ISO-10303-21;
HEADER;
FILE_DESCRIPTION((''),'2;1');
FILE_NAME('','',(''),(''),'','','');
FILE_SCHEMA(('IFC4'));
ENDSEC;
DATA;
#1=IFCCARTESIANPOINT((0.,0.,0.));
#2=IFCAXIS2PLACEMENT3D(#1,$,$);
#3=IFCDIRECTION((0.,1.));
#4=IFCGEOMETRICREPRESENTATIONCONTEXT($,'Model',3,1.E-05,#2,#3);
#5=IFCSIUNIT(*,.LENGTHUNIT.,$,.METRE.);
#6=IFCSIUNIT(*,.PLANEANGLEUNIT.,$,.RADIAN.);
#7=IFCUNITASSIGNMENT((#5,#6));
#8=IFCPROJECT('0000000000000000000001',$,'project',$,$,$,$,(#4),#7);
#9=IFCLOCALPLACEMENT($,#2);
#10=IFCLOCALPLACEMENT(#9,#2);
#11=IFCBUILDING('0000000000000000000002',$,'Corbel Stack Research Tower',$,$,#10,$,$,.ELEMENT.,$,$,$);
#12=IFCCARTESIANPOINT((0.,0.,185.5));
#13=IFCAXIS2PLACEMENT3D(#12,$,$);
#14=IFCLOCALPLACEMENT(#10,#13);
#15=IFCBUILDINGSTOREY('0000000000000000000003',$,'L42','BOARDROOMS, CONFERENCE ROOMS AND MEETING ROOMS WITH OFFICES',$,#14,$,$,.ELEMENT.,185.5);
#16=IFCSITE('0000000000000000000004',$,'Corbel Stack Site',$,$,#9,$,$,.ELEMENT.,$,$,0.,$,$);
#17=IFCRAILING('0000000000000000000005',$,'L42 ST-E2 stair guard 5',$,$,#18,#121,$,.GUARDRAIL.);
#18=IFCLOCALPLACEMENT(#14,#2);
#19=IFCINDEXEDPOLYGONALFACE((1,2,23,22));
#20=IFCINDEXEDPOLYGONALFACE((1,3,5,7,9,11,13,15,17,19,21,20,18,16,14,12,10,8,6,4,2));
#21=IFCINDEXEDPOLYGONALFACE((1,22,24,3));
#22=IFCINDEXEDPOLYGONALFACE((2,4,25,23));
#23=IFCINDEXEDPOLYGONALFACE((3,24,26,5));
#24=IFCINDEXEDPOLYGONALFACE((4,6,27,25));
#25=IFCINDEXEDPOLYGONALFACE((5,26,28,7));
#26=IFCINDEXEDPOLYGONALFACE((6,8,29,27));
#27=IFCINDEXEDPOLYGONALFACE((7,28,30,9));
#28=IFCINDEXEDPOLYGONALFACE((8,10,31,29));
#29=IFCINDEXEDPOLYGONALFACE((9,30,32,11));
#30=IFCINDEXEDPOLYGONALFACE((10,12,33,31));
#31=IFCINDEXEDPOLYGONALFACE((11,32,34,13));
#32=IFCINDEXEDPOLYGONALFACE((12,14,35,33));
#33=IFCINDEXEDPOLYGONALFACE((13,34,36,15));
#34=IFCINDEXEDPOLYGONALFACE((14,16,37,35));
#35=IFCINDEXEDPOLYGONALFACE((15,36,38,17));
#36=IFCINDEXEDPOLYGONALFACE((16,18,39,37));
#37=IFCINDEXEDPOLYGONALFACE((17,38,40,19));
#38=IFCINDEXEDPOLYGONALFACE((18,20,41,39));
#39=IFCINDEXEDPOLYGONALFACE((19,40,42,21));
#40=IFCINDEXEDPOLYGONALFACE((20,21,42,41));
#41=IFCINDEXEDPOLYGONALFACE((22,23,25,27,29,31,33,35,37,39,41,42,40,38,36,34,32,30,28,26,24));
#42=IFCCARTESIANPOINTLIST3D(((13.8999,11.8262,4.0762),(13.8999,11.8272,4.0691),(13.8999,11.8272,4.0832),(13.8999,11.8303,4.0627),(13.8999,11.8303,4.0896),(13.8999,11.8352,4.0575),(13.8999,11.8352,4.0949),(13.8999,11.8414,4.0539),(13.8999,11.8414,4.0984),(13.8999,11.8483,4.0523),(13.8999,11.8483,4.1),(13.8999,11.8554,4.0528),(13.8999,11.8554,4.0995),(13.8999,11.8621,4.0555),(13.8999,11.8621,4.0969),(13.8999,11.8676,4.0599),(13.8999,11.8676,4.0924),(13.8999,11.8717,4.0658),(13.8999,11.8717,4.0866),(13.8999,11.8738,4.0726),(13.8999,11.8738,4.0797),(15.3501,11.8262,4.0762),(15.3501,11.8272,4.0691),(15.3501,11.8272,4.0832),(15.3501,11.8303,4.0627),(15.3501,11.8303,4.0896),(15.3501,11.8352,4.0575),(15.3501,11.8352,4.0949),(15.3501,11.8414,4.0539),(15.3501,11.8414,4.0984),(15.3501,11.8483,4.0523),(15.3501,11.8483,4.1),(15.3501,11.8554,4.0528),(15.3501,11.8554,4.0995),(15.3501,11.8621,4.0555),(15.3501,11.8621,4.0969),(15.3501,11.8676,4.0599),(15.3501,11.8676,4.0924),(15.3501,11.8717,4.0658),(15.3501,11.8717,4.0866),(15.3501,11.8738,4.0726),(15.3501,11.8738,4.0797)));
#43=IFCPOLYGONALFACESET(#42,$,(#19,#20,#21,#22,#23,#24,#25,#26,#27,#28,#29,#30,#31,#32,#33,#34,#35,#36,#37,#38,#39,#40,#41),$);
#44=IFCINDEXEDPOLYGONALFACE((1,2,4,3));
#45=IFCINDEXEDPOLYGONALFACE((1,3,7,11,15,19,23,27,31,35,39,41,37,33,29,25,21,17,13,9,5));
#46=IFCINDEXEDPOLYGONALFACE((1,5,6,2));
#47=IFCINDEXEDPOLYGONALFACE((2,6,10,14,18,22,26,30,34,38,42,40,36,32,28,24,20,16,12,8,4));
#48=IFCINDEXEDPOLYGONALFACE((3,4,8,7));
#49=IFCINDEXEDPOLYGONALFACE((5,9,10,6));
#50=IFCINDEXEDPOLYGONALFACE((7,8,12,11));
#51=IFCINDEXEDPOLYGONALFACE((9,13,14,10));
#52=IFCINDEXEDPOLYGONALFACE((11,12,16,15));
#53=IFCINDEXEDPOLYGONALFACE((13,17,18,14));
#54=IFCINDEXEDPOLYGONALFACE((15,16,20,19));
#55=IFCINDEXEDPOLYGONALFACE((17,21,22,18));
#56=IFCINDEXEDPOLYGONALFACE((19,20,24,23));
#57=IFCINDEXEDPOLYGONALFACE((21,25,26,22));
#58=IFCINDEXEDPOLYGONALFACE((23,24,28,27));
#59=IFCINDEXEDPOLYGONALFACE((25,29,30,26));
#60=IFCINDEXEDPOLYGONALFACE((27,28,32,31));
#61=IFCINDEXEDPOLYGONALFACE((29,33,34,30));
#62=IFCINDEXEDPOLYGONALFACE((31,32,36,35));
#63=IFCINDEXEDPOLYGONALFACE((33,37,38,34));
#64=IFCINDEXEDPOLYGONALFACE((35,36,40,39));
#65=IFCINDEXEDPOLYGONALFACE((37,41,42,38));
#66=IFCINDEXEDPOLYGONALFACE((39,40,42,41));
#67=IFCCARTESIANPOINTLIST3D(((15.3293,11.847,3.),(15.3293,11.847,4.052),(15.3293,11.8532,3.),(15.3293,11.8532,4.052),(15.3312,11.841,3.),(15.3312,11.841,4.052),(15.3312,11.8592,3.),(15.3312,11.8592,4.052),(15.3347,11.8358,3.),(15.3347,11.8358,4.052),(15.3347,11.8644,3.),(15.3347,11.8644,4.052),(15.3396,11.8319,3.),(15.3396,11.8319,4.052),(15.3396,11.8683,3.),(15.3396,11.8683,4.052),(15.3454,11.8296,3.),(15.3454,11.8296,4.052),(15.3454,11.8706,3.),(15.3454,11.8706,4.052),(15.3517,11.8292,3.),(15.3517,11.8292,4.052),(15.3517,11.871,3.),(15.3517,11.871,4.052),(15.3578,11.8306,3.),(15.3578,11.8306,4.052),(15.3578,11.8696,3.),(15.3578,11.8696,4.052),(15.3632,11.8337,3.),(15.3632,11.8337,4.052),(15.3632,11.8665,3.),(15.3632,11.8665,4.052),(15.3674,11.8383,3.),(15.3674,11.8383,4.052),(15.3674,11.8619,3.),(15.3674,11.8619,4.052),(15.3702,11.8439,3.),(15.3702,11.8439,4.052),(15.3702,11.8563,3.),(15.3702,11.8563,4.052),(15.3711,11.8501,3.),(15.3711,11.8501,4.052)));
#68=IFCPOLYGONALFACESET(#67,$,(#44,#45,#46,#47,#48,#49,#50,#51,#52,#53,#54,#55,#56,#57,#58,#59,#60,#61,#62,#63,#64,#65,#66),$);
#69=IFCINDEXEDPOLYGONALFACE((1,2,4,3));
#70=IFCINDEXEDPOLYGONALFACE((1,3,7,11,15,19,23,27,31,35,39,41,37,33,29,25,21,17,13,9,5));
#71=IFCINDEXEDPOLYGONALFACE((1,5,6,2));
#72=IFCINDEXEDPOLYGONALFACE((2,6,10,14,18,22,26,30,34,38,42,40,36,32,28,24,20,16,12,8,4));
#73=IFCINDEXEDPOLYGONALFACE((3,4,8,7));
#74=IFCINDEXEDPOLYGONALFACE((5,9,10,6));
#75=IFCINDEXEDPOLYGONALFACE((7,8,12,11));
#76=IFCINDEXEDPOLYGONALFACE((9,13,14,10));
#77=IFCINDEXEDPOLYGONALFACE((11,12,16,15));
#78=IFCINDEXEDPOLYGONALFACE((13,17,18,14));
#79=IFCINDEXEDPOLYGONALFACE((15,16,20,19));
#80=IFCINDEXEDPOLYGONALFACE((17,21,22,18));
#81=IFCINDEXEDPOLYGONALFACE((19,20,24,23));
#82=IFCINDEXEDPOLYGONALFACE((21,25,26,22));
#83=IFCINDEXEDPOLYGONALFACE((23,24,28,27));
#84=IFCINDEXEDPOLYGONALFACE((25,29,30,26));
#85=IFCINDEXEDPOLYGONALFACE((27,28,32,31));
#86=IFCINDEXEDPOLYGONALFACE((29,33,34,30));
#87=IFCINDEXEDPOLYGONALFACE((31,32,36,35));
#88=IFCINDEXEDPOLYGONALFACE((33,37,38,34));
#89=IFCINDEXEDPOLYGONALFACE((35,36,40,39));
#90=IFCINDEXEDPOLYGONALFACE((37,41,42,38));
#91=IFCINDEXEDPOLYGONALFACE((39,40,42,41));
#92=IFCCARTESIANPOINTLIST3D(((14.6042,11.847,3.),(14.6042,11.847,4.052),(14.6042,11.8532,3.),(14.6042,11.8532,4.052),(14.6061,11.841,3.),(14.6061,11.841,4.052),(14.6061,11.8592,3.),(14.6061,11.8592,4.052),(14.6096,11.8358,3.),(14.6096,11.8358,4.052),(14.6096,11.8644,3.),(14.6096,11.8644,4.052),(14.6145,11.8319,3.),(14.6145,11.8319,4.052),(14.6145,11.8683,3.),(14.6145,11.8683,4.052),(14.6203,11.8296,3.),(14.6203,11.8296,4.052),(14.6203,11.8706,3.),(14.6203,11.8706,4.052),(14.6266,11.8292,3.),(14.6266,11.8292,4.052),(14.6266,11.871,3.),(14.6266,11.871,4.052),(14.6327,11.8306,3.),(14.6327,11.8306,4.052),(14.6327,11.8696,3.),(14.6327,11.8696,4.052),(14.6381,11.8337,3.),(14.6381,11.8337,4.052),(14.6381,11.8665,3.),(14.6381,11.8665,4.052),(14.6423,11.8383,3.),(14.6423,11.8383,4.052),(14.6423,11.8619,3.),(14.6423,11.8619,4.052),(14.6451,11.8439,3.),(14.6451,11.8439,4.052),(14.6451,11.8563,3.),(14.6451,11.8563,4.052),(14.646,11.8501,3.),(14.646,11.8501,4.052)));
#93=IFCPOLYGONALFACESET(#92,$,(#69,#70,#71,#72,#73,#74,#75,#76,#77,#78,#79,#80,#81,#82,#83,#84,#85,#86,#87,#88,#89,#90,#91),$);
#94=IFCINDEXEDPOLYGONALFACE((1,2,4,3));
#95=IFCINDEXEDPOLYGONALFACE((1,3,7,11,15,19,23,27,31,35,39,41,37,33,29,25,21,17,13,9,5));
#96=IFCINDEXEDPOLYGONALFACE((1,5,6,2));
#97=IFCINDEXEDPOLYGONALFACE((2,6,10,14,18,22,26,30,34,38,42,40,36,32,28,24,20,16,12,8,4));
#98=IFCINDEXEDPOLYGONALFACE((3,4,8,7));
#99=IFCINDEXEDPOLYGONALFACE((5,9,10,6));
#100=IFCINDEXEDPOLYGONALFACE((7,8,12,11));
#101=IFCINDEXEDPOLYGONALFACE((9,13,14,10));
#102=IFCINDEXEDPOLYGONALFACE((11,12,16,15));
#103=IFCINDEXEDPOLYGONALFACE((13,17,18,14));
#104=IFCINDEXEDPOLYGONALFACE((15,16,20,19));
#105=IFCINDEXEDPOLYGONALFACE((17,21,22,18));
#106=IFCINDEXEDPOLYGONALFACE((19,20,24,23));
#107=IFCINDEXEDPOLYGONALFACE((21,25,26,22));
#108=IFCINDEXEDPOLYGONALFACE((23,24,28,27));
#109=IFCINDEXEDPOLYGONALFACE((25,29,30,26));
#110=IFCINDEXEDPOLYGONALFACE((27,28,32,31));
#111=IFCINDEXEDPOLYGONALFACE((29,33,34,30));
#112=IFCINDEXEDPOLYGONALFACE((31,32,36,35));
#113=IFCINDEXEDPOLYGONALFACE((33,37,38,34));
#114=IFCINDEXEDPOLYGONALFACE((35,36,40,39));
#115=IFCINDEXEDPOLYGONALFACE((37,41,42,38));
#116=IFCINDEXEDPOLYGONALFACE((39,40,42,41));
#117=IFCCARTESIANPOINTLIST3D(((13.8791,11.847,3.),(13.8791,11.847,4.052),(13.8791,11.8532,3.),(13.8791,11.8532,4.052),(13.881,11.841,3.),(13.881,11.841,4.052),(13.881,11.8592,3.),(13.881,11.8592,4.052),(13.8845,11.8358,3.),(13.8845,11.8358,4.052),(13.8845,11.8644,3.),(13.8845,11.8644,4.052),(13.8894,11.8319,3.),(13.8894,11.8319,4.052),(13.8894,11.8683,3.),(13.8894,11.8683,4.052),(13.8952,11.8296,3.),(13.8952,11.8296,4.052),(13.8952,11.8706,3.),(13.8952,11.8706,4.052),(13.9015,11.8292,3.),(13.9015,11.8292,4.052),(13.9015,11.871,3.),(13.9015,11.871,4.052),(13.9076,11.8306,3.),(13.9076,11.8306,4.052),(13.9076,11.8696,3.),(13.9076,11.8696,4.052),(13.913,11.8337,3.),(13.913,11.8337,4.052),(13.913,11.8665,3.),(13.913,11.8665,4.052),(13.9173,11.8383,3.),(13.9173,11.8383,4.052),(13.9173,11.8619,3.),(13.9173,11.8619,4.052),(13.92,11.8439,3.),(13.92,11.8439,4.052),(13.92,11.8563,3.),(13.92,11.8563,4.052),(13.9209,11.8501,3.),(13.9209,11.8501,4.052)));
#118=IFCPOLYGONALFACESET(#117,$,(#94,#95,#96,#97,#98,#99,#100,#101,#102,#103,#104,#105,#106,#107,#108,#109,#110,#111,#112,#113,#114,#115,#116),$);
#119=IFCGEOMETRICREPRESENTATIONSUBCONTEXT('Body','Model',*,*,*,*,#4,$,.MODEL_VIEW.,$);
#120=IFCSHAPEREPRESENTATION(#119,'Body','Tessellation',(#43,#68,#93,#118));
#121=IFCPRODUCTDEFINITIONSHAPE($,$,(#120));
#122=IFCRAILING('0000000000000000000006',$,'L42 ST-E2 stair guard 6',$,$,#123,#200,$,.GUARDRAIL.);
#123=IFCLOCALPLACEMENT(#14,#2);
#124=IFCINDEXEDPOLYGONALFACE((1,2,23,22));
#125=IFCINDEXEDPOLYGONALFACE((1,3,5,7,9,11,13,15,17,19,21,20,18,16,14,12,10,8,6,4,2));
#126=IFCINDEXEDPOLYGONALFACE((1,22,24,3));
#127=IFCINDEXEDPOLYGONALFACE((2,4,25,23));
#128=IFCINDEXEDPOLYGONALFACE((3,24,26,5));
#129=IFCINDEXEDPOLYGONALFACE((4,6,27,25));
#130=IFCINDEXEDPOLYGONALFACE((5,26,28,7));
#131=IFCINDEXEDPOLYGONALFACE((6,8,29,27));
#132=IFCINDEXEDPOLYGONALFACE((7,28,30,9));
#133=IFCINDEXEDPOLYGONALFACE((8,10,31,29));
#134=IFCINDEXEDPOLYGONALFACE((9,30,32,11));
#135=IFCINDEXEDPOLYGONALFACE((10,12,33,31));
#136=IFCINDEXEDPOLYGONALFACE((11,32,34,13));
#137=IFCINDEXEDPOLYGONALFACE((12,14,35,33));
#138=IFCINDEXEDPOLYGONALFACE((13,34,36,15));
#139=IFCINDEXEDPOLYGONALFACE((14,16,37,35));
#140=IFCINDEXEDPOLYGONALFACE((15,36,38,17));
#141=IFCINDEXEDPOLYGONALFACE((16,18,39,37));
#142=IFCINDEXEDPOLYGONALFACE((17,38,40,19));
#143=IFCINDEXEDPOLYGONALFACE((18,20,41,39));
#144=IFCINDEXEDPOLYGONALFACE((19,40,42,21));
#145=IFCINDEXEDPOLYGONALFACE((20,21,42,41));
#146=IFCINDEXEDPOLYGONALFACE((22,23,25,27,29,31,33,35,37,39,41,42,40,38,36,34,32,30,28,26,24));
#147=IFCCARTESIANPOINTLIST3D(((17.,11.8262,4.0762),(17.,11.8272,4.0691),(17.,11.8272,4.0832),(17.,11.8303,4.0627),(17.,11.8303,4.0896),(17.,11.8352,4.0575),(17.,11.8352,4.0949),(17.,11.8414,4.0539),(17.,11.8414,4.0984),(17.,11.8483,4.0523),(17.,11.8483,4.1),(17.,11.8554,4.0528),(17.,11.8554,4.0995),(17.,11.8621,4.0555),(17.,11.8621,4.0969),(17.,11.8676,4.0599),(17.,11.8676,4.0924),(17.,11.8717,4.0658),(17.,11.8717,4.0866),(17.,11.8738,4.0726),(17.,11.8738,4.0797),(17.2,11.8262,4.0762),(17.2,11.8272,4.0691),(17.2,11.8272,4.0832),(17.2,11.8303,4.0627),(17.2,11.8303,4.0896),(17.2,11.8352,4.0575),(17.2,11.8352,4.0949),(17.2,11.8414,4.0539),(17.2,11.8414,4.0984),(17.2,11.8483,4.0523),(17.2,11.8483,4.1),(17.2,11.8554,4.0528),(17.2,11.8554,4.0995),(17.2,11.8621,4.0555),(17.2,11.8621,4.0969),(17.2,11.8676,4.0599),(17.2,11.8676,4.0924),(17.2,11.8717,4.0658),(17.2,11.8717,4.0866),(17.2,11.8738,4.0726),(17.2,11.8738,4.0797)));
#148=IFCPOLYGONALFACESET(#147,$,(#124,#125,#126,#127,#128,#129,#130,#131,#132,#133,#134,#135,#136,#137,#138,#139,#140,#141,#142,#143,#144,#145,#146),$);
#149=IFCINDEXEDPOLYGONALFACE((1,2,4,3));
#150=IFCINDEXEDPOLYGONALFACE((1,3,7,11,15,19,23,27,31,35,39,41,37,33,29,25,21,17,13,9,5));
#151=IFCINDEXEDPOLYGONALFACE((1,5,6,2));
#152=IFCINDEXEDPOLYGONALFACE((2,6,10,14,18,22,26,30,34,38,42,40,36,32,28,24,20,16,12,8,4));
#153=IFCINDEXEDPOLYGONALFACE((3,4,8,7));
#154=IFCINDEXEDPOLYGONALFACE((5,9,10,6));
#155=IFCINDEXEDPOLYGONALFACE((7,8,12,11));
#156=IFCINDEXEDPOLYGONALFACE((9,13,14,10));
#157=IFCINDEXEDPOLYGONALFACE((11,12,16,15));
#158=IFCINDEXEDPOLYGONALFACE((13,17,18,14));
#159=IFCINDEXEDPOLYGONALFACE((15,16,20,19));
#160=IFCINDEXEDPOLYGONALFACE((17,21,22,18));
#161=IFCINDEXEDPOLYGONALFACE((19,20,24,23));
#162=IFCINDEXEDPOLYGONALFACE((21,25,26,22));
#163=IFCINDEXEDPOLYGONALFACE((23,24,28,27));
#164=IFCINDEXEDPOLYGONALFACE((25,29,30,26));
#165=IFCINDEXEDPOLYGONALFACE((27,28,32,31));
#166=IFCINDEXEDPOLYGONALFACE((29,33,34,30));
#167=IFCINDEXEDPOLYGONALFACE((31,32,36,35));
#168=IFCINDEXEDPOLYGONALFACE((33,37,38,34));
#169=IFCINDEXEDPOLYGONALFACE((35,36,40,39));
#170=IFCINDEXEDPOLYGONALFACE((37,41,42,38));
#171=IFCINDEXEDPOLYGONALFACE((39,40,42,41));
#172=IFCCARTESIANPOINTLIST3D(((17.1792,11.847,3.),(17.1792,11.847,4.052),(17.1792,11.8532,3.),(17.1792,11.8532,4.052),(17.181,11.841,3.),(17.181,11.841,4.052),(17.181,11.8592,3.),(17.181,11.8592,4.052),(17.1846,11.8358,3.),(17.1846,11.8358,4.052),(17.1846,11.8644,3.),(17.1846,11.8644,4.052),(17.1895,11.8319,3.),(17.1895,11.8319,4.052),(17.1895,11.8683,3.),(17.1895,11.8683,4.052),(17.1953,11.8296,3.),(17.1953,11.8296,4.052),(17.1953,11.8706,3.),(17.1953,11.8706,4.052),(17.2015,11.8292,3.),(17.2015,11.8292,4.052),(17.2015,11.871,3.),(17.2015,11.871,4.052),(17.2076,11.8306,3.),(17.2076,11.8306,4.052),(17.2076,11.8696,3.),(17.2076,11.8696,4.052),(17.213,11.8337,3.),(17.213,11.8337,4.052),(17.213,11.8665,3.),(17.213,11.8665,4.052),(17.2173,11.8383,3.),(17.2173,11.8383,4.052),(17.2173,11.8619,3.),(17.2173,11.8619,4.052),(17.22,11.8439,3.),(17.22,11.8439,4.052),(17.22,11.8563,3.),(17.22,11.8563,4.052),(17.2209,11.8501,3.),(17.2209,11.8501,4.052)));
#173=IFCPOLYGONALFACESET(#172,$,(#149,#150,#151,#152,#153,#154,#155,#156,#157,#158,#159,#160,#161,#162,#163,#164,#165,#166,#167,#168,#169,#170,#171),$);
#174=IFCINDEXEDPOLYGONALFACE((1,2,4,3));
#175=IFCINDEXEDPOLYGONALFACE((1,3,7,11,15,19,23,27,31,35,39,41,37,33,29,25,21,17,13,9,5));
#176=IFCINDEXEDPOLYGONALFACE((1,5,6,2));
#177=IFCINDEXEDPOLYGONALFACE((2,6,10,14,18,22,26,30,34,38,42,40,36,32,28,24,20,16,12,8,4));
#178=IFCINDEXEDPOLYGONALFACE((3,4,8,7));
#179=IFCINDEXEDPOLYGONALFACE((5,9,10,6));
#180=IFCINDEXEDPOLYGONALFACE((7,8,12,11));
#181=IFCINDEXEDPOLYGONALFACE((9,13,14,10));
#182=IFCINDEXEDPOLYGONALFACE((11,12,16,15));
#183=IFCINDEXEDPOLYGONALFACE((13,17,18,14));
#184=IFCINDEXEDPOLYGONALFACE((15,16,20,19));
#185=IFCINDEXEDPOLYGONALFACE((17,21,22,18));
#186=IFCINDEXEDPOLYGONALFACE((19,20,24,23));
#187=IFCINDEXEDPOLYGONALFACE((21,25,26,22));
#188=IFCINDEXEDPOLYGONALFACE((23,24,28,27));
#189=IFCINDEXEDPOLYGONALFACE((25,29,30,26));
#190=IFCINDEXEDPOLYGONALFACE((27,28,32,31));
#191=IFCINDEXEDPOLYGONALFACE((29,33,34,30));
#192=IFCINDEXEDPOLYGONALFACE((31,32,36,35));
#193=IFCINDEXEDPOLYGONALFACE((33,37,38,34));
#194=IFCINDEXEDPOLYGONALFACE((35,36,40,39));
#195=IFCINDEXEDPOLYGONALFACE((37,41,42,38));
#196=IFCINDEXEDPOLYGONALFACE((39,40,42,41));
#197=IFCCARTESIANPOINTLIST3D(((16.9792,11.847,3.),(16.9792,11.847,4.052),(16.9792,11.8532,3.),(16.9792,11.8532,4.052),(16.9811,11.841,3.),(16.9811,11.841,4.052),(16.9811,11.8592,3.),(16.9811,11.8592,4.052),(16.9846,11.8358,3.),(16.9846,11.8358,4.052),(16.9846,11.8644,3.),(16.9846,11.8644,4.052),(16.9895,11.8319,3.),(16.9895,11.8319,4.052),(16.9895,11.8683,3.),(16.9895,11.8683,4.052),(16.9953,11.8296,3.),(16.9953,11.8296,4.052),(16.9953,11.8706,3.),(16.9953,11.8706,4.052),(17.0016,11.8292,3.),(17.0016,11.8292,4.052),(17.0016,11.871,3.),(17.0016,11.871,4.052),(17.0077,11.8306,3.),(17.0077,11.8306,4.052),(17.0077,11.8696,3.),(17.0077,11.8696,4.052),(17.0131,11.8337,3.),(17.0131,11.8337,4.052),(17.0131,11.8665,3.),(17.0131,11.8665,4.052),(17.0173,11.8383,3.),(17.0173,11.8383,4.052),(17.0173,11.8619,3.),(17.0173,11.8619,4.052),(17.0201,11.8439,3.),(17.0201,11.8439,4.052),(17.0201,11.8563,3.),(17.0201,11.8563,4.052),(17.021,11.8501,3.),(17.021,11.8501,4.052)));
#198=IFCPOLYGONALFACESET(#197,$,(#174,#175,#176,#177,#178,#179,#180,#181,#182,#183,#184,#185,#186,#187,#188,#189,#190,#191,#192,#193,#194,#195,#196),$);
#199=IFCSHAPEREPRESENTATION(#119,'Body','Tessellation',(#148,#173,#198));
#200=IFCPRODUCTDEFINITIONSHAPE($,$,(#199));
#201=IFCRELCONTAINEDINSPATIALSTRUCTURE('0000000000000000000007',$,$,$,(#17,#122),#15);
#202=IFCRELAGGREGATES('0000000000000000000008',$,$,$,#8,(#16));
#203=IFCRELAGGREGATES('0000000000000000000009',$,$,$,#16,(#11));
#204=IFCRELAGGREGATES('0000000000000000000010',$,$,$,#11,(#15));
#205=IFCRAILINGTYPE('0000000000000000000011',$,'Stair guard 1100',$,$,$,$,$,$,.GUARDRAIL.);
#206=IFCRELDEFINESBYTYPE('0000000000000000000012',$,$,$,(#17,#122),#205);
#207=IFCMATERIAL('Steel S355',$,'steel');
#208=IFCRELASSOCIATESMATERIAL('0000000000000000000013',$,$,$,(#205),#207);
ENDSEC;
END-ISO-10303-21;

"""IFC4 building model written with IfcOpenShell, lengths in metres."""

from ifc_helpers import new_model, si_unit, direction, frame, origin, origin_2d, place, context, subcontext, project, spatial, circle, extrude, material, type_object, element, save


model = new_model("IFC4")

# Units and contexts
model_context = context("Model", 3, precision=1e-05, world=origin(), true_north=direction((0.0, 1.0)))
body_context = subcontext(model_context, "Body", "Model", "MODEL_VIEW")
ifc_project = project(units=[si_unit("LENGTHUNIT", "METRE"), si_unit("PLANEANGLEUNIT", "RADIAN")], contexts=[model_context])

# Site, building, storey
site_placement = place(None, origin())
site = spatial("IfcSite", under=ifc_project, at=site_placement, Name="Corbel Stack Site", CompositionType="ELEMENT", RefElevation=0.0)
building_placement = place(site_placement, origin())
building = spatial("IfcBuilding", under=site, at=building_placement, Name="Corbel Stack Research Tower", CompositionType="ELEMENT")
storey_placement = place(building_placement, frame((0.0, 0.0, 185.5)))
storey = spatial("IfcBuildingStorey", under=building, at=storey_placement, Name="L42", Description="BOARDROOMS, CONFERENCE ROOMS AND MEETING ROOMS WITH OFFICES", CompositionType="ELEMENT", Elevation=185.5)

# Railings
ifc_material_1 = material(Name="Steel S355", Category="steel")
railing_type_1 = type_object("IfcRailingType", Name="Stair guard 1100", PredefinedType="GUARDRAIL", material=ifc_material_1)
railing_1_placement = place(storey_placement, frame((15.3501, 11.8501, 3.0)))
element("IfcRailing", 1, at=railing_1_placement, inside=storey, type_object=railing_type_1, Name="L42 ST-E2 stair guard 5", PredefinedType="GUARDRAIL", context=body_context, shape_type="SweptSolid", body=[
    extrude(circle(Radius=0.0239, at=origin_2d()), frame((0.0, 0.0, 1.0762), z_axis=(-1.0, 0.0, 0.0), x_axis=(0.0, -1.0, 0.0)), (0.0, 0.0, 1.0), 1.4502),
    extrude(circle(Radius=0.021, at=origin_2d()), origin(), (0.0, 0.0, 1.0), 1.052),
    extrude(circle(Radius=0.021, at=origin_2d()), frame((-0.7251, 0.0, 0.0)), (0.0, 0.0, 1.0), 1.052),
    extrude(circle(Radius=0.021, at=origin_2d()), frame((-1.4502, 0.0, 0.0)), (0.0, 0.0, 1.0), 1.052),
])
railing_2_placement = place(storey_placement, frame((17.2, 11.8501, 3.0)))
element("IfcRailing", 2, at=railing_2_placement, inside=storey, type_object=railing_type_1, Name="L42 ST-E2 stair guard 6", PredefinedType="GUARDRAIL", context=body_context, shape_type="SweptSolid", body=[
    extrude(circle(Radius=0.0239, at=origin_2d()), frame((0.0, 0.0, 1.0762), z_axis=(-1.0, 0.0, 0.0), x_axis=(0.0, -1.0, 0.0)), (0.0, 0.0, 1.0), 0.2),
    extrude(circle(Radius=0.021, at=origin_2d()), origin(), (0.0, 0.0, 1.0), 1.052),
    extrude(circle(Radius=0.021, at=origin_2d()), frame((-0.2, 0.0, 0.0)), (0.0, 0.0, 1.0), 1.052),
])

save(model, "model.ifc")
